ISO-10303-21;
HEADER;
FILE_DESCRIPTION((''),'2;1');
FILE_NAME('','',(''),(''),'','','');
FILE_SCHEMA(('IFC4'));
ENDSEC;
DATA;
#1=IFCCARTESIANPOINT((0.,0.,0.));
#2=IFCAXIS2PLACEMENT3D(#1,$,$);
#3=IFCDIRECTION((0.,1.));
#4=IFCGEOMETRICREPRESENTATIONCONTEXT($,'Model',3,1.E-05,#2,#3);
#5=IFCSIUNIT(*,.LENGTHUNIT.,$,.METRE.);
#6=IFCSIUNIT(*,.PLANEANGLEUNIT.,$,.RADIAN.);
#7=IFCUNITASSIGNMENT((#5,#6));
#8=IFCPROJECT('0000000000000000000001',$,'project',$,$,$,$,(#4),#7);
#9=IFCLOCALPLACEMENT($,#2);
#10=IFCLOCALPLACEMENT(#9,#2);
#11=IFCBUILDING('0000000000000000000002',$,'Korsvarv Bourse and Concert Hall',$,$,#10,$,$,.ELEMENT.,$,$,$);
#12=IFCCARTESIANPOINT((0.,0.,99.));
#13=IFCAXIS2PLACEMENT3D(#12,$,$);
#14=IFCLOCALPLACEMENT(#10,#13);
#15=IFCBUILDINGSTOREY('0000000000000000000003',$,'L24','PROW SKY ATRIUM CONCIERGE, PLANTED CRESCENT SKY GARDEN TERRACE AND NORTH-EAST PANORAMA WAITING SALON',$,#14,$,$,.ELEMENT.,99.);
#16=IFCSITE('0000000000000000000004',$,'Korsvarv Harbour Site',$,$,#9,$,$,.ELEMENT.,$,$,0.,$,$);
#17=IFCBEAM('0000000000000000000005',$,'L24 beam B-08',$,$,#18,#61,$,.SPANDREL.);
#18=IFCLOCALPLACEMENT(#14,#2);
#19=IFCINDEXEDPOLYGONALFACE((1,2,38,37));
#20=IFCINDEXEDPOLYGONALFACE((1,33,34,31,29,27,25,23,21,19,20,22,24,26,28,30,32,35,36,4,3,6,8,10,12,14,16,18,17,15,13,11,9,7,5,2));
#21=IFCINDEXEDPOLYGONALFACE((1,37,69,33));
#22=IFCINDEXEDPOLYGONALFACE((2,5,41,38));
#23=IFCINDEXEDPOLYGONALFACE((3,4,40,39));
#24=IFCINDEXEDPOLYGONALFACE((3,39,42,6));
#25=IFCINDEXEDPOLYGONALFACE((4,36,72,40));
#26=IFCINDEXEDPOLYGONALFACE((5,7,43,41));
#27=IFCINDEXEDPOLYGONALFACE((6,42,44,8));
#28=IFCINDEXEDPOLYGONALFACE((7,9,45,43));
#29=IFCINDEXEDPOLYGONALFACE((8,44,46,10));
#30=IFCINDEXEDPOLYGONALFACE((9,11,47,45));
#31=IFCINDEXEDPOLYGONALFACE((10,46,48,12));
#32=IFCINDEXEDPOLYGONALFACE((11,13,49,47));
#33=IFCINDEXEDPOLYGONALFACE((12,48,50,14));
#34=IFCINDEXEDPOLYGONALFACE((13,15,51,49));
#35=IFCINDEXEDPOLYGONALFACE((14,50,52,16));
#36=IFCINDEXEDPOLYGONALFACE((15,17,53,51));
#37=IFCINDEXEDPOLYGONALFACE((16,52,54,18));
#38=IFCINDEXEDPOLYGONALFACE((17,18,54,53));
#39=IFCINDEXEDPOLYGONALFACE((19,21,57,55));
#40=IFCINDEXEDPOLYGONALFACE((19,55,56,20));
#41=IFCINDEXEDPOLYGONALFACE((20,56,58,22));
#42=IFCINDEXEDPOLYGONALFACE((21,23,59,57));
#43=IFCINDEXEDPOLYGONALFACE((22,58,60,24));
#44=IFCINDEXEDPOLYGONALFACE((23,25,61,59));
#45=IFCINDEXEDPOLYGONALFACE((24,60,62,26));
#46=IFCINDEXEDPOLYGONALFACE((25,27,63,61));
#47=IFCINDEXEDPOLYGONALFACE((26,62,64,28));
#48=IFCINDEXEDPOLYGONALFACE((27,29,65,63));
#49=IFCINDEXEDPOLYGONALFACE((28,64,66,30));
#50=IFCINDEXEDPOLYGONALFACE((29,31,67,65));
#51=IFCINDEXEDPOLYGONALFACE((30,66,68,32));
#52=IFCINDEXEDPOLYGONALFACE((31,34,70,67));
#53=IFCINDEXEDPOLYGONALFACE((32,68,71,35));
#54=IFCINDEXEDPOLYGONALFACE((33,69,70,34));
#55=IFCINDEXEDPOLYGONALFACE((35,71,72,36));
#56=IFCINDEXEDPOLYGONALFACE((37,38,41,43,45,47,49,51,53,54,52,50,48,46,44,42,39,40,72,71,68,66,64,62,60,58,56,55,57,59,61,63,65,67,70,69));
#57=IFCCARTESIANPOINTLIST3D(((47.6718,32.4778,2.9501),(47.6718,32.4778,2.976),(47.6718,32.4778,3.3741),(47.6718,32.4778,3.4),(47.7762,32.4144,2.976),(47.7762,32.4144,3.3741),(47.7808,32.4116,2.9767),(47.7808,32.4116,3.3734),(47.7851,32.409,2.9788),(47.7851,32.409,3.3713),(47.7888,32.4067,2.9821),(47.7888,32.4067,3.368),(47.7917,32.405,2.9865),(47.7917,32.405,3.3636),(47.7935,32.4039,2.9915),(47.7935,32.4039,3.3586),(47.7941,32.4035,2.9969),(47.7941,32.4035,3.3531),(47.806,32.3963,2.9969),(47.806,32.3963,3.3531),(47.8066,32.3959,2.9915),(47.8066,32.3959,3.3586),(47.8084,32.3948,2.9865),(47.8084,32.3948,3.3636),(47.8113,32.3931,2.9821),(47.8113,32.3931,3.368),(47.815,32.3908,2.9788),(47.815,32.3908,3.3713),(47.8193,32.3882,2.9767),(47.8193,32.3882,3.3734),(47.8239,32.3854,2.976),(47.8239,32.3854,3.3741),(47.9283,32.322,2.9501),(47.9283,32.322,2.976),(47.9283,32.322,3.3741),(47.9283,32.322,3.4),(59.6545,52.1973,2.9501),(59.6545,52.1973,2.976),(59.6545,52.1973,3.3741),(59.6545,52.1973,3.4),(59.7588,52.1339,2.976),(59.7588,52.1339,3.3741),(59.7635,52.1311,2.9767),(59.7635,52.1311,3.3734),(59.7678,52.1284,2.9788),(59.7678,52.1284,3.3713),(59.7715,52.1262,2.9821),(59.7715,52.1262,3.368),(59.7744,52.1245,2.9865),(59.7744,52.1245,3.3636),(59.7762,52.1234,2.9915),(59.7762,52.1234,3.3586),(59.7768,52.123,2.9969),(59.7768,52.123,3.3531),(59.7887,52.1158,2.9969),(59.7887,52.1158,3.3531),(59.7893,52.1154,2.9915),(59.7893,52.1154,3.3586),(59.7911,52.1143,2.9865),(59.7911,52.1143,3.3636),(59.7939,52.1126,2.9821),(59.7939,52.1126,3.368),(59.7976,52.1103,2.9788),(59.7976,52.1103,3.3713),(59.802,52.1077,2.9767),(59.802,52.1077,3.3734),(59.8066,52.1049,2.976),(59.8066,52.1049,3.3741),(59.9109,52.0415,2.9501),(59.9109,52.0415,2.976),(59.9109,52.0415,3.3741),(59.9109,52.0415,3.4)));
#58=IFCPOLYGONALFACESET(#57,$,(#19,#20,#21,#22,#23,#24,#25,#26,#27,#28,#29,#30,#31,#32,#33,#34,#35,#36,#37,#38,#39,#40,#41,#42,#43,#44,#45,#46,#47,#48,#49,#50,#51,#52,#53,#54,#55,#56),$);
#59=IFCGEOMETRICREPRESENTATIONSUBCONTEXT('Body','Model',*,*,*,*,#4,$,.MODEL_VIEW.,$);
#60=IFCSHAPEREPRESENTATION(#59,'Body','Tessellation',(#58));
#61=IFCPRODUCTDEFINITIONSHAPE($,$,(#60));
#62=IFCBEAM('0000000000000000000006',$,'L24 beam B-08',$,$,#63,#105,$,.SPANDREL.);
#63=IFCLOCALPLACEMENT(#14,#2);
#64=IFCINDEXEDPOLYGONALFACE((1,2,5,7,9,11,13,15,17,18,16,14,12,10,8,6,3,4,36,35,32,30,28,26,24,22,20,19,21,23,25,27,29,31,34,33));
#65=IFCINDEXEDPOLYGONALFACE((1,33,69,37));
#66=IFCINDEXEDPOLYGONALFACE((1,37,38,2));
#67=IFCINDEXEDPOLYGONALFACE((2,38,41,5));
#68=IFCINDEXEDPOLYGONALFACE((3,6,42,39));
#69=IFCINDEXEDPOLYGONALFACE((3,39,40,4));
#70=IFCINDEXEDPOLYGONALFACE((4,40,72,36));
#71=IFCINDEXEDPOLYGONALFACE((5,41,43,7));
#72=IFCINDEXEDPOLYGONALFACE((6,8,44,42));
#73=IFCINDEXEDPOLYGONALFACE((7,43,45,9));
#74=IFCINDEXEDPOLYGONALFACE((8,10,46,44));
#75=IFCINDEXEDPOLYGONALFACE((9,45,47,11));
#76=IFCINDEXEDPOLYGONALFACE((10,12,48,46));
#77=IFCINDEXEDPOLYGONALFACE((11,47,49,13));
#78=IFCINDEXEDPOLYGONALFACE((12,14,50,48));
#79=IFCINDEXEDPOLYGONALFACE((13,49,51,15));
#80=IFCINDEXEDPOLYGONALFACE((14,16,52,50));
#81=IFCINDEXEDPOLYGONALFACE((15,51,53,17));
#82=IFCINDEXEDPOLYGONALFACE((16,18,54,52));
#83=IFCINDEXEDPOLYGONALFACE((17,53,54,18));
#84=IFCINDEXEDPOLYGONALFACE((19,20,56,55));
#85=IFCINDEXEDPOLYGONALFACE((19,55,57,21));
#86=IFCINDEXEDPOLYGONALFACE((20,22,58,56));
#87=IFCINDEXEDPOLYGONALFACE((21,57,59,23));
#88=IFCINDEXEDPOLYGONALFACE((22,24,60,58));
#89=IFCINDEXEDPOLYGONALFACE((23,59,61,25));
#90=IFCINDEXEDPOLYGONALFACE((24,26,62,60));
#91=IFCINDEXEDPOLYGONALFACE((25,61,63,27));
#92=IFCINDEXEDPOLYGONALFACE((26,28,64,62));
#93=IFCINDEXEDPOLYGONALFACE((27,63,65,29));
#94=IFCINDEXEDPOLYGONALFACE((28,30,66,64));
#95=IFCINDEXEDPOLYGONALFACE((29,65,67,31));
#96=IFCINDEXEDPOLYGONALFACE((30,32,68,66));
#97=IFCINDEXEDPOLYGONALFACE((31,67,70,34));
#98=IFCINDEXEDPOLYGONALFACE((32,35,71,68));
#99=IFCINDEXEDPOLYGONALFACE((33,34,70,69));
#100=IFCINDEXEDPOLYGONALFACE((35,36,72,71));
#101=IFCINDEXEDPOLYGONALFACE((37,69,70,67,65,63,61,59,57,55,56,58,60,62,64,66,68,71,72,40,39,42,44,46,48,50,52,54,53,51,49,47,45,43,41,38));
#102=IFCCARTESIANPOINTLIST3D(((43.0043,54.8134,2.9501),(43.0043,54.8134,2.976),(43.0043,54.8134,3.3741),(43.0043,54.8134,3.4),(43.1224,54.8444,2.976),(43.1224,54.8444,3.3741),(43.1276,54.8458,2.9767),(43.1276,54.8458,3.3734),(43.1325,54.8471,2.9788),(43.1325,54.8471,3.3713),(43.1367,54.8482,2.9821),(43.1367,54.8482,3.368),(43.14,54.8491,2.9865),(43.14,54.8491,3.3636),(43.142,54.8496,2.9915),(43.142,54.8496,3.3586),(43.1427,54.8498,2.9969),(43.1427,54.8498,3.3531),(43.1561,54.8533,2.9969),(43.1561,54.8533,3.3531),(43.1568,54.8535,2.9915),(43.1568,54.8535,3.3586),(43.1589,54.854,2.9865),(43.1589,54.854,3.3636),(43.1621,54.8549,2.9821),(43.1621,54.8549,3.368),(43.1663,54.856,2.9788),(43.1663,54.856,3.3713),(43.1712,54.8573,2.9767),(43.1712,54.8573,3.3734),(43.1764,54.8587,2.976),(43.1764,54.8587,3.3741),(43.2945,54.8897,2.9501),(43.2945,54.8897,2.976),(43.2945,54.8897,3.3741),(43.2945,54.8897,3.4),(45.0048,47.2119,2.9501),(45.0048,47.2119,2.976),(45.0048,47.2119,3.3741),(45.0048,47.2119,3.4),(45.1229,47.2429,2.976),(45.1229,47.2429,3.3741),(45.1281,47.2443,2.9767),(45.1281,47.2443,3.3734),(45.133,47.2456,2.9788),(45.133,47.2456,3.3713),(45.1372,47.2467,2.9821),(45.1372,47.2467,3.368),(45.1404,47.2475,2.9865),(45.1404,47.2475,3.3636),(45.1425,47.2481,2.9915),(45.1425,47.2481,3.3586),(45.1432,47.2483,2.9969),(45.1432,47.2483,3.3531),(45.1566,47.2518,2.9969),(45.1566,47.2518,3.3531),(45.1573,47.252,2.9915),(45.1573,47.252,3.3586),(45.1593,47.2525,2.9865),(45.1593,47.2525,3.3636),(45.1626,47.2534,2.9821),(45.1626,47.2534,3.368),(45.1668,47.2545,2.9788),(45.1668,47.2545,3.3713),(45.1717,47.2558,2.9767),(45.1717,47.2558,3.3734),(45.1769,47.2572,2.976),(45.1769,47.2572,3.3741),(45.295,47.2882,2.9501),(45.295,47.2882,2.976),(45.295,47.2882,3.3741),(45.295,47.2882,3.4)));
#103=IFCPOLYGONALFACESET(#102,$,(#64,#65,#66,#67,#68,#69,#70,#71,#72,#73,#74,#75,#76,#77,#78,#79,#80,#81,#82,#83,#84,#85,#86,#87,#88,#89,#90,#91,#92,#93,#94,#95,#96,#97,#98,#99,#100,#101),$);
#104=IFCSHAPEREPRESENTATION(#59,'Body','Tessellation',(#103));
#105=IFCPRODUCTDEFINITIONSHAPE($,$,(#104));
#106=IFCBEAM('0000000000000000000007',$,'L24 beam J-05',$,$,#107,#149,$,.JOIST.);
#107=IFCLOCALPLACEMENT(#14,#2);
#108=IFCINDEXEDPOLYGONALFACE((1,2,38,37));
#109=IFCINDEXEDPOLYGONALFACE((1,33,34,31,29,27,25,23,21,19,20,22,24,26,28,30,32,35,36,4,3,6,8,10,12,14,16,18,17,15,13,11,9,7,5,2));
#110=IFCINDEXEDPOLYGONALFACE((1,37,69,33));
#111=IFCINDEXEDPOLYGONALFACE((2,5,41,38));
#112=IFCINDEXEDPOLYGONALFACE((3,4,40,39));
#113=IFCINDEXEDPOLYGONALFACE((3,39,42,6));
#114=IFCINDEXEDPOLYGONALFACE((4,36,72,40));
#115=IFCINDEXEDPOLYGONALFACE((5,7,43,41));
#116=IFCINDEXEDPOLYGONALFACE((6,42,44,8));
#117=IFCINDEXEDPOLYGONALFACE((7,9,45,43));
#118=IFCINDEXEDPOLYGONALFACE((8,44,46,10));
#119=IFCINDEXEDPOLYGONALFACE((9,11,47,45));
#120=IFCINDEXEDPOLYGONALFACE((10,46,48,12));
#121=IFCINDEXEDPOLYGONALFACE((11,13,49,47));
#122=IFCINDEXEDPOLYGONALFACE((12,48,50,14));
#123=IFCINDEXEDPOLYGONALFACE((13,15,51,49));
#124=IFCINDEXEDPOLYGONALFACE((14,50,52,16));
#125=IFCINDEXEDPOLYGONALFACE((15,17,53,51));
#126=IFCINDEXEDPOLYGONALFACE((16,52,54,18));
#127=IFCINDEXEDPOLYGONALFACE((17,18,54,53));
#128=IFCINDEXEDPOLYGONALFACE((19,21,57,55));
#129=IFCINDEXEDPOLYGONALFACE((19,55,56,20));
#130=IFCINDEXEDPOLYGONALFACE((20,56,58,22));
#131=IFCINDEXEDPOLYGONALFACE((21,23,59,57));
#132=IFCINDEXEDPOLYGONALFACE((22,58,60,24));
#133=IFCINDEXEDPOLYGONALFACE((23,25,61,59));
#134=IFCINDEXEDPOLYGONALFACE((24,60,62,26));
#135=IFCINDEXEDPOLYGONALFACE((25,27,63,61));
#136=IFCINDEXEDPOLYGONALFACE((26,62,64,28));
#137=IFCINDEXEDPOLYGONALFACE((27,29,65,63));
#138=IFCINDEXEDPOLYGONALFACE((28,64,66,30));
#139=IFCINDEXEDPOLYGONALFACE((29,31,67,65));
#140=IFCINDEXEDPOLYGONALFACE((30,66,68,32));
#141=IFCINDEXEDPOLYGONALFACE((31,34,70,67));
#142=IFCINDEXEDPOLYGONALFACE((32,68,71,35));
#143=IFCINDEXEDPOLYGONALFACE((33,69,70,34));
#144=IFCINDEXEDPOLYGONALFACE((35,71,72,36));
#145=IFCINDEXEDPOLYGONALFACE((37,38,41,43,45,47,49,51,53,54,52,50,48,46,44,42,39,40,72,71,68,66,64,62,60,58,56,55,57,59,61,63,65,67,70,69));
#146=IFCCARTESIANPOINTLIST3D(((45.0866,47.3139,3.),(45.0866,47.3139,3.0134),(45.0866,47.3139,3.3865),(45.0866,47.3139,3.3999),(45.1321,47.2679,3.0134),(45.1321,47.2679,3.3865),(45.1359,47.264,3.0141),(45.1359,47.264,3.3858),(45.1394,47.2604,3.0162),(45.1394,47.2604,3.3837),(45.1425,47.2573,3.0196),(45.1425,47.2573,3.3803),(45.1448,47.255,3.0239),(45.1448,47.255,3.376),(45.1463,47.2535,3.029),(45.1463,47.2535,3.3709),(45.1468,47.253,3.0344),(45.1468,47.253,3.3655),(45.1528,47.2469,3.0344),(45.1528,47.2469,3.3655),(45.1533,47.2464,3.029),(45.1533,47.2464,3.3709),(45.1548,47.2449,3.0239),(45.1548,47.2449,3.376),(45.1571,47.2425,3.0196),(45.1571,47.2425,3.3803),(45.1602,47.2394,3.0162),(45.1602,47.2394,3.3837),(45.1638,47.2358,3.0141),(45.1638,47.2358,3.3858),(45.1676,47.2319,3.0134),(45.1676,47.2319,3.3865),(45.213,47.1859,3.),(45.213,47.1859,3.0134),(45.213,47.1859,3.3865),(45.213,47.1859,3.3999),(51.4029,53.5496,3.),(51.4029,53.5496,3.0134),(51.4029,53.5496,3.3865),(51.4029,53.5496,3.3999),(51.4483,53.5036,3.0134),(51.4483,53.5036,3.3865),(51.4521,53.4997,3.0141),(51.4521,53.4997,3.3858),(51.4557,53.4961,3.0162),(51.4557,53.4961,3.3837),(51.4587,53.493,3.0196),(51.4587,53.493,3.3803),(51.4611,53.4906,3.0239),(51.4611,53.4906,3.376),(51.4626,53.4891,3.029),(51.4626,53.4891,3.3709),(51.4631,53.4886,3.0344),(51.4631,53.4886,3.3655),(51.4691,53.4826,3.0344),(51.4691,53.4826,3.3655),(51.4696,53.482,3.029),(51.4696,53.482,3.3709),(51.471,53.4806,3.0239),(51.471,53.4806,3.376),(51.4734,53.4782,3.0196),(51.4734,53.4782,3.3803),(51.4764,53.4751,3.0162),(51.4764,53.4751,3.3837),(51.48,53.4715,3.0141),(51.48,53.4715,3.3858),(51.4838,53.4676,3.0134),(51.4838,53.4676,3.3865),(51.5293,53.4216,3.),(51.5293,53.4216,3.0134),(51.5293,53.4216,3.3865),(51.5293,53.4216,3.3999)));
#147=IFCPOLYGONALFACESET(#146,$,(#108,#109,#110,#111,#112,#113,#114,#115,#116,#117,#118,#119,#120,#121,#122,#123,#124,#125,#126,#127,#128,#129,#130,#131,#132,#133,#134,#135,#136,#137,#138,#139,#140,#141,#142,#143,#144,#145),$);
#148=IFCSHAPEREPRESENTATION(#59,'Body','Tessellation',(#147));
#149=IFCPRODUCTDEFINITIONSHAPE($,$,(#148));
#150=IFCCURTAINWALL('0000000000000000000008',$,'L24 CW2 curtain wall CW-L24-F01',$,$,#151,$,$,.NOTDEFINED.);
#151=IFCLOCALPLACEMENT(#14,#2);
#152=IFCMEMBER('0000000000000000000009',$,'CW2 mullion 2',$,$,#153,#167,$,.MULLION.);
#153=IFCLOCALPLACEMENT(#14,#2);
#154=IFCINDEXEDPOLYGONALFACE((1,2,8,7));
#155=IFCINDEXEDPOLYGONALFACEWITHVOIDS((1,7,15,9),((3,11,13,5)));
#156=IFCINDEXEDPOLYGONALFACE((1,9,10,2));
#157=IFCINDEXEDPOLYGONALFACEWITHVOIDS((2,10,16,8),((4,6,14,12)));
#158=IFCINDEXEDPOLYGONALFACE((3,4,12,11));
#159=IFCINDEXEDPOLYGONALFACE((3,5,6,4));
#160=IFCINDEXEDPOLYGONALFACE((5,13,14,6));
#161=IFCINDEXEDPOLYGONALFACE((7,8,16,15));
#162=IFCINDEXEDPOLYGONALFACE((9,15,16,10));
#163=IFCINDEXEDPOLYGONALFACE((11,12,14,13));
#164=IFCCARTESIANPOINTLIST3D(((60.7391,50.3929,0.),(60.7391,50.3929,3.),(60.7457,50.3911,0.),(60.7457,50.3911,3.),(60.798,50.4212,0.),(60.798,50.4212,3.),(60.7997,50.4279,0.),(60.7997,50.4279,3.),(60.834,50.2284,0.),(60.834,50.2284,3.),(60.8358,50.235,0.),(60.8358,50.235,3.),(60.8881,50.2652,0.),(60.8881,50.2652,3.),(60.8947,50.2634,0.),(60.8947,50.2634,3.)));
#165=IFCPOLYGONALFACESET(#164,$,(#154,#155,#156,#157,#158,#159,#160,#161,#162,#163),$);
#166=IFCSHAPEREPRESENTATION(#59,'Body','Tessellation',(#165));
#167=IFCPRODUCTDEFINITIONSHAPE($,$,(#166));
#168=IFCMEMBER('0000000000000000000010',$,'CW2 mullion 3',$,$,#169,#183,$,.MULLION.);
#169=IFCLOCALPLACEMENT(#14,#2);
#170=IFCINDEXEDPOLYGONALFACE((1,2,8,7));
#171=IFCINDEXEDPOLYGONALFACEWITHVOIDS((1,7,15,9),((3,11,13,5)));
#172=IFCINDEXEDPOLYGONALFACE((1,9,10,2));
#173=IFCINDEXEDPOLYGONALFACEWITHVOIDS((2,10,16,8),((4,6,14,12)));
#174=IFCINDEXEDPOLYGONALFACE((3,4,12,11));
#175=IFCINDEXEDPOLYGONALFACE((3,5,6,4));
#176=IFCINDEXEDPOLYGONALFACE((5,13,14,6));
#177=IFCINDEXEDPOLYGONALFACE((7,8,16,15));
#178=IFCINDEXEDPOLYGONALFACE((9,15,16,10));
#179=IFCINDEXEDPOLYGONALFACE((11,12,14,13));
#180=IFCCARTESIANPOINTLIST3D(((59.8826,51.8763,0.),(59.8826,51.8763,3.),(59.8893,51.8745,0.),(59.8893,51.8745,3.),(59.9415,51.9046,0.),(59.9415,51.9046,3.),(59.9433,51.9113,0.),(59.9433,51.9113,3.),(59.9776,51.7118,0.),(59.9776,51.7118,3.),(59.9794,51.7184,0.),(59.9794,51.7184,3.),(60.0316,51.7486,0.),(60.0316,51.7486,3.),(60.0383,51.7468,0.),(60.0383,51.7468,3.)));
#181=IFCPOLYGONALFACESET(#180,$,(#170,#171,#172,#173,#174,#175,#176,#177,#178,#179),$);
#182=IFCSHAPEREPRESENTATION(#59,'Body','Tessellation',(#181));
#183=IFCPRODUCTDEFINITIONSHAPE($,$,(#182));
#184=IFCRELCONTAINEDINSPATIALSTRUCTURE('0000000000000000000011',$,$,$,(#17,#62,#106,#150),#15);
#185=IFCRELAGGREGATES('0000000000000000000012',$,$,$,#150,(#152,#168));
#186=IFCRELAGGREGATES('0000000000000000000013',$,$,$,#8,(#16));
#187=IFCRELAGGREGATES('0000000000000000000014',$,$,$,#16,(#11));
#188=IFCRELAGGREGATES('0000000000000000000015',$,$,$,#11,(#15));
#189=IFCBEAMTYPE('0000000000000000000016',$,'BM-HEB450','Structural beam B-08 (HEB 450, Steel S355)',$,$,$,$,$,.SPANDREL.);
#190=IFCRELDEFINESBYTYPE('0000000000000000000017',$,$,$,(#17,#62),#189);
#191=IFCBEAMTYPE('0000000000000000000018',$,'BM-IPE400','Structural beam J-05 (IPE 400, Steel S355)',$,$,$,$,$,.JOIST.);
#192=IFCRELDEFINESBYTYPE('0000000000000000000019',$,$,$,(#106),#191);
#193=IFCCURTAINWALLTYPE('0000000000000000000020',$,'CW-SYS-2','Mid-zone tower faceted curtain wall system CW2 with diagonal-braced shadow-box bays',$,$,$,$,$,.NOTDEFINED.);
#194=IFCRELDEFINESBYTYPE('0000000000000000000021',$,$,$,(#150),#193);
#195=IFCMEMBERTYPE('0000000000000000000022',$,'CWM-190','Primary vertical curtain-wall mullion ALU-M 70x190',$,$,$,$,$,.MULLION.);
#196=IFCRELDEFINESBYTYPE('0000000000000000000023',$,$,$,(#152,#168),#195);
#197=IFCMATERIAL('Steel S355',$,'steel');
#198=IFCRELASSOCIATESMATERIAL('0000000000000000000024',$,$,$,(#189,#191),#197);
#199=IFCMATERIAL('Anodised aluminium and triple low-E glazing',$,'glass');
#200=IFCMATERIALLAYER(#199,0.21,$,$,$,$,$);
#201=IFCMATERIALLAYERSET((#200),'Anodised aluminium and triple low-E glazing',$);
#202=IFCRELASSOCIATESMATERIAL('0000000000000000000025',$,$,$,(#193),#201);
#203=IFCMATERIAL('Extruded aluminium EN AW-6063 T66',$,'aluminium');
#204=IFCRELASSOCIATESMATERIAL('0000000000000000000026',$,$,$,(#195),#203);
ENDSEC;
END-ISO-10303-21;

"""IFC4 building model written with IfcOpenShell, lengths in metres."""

from ifc_helpers import new_model, si_unit, direction, frame, origin, origin_2d, place, context, subcontext, project, spatial, hollow_rectangle, i_section, extrude, source, transform, mapped, material, layer, layer_set, material_profile, profile_set, type_object, element, aggregate, save


model = new_model("IFC4")

# Units and contexts
model_context = context("Model", 3, precision=1e-05, world=origin(), true_north=direction((0.0, 1.0)))
body_context = subcontext(model_context, "Body", "Model", "MODEL_VIEW")
ifc_project = project(units=[si_unit("LENGTHUNIT", "METRE"), si_unit("PLANEANGLEUNIT", "RADIAN")], contexts=[model_context])

# Site, building, storey
site_placement = place(None, origin())
site = spatial("IfcSite", under=ifc_project, at=site_placement, Name="Korsvarv Harbour Site", CompositionType="ELEMENT", RefElevation=0.0)
building_placement = place(site_placement, origin())
building = spatial("IfcBuilding", under=site, at=building_placement, Name="Korsvarv Bourse and Concert Hall", CompositionType="ELEMENT")
storey_placement = place(building_placement, frame((0.0, 0.0, 99.0)))
storey = spatial("IfcBuildingStorey", under=building, at=storey_placement, Name="L24", Description="PROW SKY ATRIUM CONCIERGE, PLANTED CRESCENT SKY GARDEN TERRACE AND NORTH-EAST PANORAMA WAITING SALON", CompositionType="ELEMENT", Elevation=99.0)

# Beams
ifc_material_1 = material(Name="Steel S355", Category="steel")
ifc_material_profile_1 = material_profile(ifc_material_1, i_section(OverallWidth=0.3, OverallDepth=0.45, WebThickness=0.0139, FlangeThickness=0.0259, FilletRadius=0.021, at=origin_2d()), Name="HEB 450")
ifc_profile_set_1 = profile_set([ifc_material_profile_1], Name="Steel S355")
beam_type_1 = type_object("IfcBeamType", Name="BM-HEB450", Description="Structural beam B-08 (HEB 450, Steel S355)", PredefinedType="SPANDREL", material=ifc_profile_set_1)
shared_shape_1 = source(origin(), body_context, "Body", "SweptSolid", [
    extrude(i_section(OverallWidth=0.3, OverallDepth=0.45, WebThickness=0.0139, FlangeThickness=0.0259, FilletRadius=0.021, at=origin_2d()), origin(), (0.0, 0.0, 1.0), 23.0747),
])
beam_1_placement = place(storey_placement, frame((59.7827, 52.1194, 3.175), z_axis=(-0.519299, -0.854593, 0.0), x_axis=(0.854593, -0.519299, 0.0)))
element("IfcBeam", 1, at=beam_1_placement, inside=storey, type_object=beam_type_1, Name="L24 beam B-08", PredefinedType="SPANDREL", context=body_context, shape_type="MappedRepresentation", body=[
    mapped(shared_shape_1, transform((0.0, 0.0, 0.0), scale=1.0)),
])
shared_shape_2 = source(origin(), body_context, "Body", "SweptSolid", [
    extrude(i_section(OverallWidth=0.3, OverallDepth=0.45, WebThickness=0.0139, FlangeThickness=0.0259, FilletRadius=0.021, at=origin_2d()), origin(), (0.0, 0.0, 1.0), 7.8604),
])
beam_2_placement = place(storey_placement, frame((43.1494, 54.8516, 3.175), z_axis=(0.254502, -0.967072, 0.0), x_axis=(0.967072, 0.254502, 0.0)))
element("IfcBeam", 2, at=beam_2_placement, inside=storey, type_object=beam_type_1, Name="L24 beam B-08", PredefinedType="SPANDREL", context=body_context, shape_type="MappedRepresentation", body=[
    mapped(shared_shape_2, transform((0.0, 0.0, 0.0), scale=1.0)),
])
ifc_material_profile_2 = material_profile(ifc_material_1, i_section(OverallWidth=0.1799, OverallDepth=0.3999, WebThickness=0.0085, FlangeThickness=0.0134, FilletRadius=0.021, at=origin_2d()), Name="IPE 400")
ifc_profile_set_2 = profile_set([ifc_material_profile_2], Name="Steel S355")
beam_type_2 = type_object("IfcBeamType", Name="BM-IPE400", Description="Structural beam J-05 (IPE 400, Steel S355)", PredefinedType="JOIST", material=ifc_profile_set_2)
shared_shape_3 = source(origin(), body_context, "Body", "SweptSolid", [
    extrude(i_section(OverallWidth=0.1799, OverallDepth=0.3999, WebThickness=0.0085, FlangeThickness=0.0134, FilletRadius=0.021, at=origin_2d()), origin(), (0.0, 0.0, 1.0), 8.8757),
])
beam_3_placement = place(storey_placement, frame((51.4661, 53.4856, 3.2), z_axis=(-0.711631, -0.702554, 0.0), x_axis=(0.702554, -0.711631, 0.0)))
element("IfcBeam", 3, at=beam_3_placement, inside=storey, type_object=beam_type_2, Name="L24 beam J-05", PredefinedType="JOIST", context=body_context, shape_type="MappedRepresentation", body=[
    mapped(shared_shape_3, transform((0.0, 0.0, 0.0), scale=1.0)),
])

# Curtain wall, members
ifc_material_2 = material(Name="Anodised aluminium and triple low-E glazing", Category="glass")
ifc_layer_1 = layer(ifc_material_2, 0.21)
ifc_layer_set_1 = layer_set([ifc_layer_1], Name="Anodised aluminium and triple low-E glazing")
curtain_wall_type = type_object("IfcCurtainWallType", Name="CW-SYS-2", Description="Mid-zone tower faceted curtain wall system CW2 with diagonal-braced shadow-box bays", PredefinedType="NOTDEFINED", material=ifc_layer_set_1)
curtain_wall_placement = place(storey_placement, origin())
curtain_wall = element("IfcCurtainWall", 4, at=curtain_wall_placement, inside=storey, type_object=curtain_wall_type, Name="L24 CW2 curtain wall CW-L24-F01", PredefinedType="NOTDEFINED")
ifc_material_3 = material(Name="Extruded aluminium EN AW-6063 T66", Category="aluminium")
ifc_material_profile_3 = material_profile(ifc_material_3, hollow_rectangle(XDim=0.0701, YDim=0.1899, WallThickness=0.0049, at=origin_2d()), Name="ALU-M 70x190")
ifc_profile_set_3 = profile_set([ifc_material_profile_3], Name="Extruded aluminium EN AW-6063 T66")
member_type_1 = type_object("IfcMemberType", Name="CWM-190", Description="Primary vertical curtain-wall mullion ALU-M 70x190", PredefinedType="MULLION", material=ifc_profile_set_3)
shared_shape_4 = source(origin(), body_context, "Body", "SweptSolid", [
    extrude(hollow_rectangle(XDim=0.0701, YDim=0.1899, WallThickness=0.0049, at=origin_2d()), origin(), (0.0, 0.0, 1.0), 3.0),
])
member_1_placement = place(storey_placement, frame((60.8169, 50.3281, 0.0), z_axis=(0.0, 0.0, 1.0), x_axis=(-0.866024, -0.500003, 0.0)))
member_1 = element("IfcMember", 5, at=member_1_placement, type_object=member_type_1, Name="CW2 mullion 2", PredefinedType="MULLION", context=body_context, shape_type="MappedRepresentation", body=[
    mapped(shared_shape_4, transform((0.0, 0.0, 0.0), scale=1.0)),
])
member_2_placement = place(storey_placement, frame((59.9604, 51.8115, 0.0), z_axis=(0.0, 0.0, 1.0), x_axis=(-0.866024, -0.500003, 0.0)))
member_2 = element("IfcMember", 6, at=member_2_placement, type_object=member_type_1, Name="CW2 mullion 3", PredefinedType="MULLION", context=body_context, shape_type="MappedRepresentation", body=[
    mapped(shared_shape_4, transform((0.0, 0.0, 0.0), scale=1.0)),
])
aggregate(curtain_wall, [member_1, member_2])

save(model, "model.ifc")
